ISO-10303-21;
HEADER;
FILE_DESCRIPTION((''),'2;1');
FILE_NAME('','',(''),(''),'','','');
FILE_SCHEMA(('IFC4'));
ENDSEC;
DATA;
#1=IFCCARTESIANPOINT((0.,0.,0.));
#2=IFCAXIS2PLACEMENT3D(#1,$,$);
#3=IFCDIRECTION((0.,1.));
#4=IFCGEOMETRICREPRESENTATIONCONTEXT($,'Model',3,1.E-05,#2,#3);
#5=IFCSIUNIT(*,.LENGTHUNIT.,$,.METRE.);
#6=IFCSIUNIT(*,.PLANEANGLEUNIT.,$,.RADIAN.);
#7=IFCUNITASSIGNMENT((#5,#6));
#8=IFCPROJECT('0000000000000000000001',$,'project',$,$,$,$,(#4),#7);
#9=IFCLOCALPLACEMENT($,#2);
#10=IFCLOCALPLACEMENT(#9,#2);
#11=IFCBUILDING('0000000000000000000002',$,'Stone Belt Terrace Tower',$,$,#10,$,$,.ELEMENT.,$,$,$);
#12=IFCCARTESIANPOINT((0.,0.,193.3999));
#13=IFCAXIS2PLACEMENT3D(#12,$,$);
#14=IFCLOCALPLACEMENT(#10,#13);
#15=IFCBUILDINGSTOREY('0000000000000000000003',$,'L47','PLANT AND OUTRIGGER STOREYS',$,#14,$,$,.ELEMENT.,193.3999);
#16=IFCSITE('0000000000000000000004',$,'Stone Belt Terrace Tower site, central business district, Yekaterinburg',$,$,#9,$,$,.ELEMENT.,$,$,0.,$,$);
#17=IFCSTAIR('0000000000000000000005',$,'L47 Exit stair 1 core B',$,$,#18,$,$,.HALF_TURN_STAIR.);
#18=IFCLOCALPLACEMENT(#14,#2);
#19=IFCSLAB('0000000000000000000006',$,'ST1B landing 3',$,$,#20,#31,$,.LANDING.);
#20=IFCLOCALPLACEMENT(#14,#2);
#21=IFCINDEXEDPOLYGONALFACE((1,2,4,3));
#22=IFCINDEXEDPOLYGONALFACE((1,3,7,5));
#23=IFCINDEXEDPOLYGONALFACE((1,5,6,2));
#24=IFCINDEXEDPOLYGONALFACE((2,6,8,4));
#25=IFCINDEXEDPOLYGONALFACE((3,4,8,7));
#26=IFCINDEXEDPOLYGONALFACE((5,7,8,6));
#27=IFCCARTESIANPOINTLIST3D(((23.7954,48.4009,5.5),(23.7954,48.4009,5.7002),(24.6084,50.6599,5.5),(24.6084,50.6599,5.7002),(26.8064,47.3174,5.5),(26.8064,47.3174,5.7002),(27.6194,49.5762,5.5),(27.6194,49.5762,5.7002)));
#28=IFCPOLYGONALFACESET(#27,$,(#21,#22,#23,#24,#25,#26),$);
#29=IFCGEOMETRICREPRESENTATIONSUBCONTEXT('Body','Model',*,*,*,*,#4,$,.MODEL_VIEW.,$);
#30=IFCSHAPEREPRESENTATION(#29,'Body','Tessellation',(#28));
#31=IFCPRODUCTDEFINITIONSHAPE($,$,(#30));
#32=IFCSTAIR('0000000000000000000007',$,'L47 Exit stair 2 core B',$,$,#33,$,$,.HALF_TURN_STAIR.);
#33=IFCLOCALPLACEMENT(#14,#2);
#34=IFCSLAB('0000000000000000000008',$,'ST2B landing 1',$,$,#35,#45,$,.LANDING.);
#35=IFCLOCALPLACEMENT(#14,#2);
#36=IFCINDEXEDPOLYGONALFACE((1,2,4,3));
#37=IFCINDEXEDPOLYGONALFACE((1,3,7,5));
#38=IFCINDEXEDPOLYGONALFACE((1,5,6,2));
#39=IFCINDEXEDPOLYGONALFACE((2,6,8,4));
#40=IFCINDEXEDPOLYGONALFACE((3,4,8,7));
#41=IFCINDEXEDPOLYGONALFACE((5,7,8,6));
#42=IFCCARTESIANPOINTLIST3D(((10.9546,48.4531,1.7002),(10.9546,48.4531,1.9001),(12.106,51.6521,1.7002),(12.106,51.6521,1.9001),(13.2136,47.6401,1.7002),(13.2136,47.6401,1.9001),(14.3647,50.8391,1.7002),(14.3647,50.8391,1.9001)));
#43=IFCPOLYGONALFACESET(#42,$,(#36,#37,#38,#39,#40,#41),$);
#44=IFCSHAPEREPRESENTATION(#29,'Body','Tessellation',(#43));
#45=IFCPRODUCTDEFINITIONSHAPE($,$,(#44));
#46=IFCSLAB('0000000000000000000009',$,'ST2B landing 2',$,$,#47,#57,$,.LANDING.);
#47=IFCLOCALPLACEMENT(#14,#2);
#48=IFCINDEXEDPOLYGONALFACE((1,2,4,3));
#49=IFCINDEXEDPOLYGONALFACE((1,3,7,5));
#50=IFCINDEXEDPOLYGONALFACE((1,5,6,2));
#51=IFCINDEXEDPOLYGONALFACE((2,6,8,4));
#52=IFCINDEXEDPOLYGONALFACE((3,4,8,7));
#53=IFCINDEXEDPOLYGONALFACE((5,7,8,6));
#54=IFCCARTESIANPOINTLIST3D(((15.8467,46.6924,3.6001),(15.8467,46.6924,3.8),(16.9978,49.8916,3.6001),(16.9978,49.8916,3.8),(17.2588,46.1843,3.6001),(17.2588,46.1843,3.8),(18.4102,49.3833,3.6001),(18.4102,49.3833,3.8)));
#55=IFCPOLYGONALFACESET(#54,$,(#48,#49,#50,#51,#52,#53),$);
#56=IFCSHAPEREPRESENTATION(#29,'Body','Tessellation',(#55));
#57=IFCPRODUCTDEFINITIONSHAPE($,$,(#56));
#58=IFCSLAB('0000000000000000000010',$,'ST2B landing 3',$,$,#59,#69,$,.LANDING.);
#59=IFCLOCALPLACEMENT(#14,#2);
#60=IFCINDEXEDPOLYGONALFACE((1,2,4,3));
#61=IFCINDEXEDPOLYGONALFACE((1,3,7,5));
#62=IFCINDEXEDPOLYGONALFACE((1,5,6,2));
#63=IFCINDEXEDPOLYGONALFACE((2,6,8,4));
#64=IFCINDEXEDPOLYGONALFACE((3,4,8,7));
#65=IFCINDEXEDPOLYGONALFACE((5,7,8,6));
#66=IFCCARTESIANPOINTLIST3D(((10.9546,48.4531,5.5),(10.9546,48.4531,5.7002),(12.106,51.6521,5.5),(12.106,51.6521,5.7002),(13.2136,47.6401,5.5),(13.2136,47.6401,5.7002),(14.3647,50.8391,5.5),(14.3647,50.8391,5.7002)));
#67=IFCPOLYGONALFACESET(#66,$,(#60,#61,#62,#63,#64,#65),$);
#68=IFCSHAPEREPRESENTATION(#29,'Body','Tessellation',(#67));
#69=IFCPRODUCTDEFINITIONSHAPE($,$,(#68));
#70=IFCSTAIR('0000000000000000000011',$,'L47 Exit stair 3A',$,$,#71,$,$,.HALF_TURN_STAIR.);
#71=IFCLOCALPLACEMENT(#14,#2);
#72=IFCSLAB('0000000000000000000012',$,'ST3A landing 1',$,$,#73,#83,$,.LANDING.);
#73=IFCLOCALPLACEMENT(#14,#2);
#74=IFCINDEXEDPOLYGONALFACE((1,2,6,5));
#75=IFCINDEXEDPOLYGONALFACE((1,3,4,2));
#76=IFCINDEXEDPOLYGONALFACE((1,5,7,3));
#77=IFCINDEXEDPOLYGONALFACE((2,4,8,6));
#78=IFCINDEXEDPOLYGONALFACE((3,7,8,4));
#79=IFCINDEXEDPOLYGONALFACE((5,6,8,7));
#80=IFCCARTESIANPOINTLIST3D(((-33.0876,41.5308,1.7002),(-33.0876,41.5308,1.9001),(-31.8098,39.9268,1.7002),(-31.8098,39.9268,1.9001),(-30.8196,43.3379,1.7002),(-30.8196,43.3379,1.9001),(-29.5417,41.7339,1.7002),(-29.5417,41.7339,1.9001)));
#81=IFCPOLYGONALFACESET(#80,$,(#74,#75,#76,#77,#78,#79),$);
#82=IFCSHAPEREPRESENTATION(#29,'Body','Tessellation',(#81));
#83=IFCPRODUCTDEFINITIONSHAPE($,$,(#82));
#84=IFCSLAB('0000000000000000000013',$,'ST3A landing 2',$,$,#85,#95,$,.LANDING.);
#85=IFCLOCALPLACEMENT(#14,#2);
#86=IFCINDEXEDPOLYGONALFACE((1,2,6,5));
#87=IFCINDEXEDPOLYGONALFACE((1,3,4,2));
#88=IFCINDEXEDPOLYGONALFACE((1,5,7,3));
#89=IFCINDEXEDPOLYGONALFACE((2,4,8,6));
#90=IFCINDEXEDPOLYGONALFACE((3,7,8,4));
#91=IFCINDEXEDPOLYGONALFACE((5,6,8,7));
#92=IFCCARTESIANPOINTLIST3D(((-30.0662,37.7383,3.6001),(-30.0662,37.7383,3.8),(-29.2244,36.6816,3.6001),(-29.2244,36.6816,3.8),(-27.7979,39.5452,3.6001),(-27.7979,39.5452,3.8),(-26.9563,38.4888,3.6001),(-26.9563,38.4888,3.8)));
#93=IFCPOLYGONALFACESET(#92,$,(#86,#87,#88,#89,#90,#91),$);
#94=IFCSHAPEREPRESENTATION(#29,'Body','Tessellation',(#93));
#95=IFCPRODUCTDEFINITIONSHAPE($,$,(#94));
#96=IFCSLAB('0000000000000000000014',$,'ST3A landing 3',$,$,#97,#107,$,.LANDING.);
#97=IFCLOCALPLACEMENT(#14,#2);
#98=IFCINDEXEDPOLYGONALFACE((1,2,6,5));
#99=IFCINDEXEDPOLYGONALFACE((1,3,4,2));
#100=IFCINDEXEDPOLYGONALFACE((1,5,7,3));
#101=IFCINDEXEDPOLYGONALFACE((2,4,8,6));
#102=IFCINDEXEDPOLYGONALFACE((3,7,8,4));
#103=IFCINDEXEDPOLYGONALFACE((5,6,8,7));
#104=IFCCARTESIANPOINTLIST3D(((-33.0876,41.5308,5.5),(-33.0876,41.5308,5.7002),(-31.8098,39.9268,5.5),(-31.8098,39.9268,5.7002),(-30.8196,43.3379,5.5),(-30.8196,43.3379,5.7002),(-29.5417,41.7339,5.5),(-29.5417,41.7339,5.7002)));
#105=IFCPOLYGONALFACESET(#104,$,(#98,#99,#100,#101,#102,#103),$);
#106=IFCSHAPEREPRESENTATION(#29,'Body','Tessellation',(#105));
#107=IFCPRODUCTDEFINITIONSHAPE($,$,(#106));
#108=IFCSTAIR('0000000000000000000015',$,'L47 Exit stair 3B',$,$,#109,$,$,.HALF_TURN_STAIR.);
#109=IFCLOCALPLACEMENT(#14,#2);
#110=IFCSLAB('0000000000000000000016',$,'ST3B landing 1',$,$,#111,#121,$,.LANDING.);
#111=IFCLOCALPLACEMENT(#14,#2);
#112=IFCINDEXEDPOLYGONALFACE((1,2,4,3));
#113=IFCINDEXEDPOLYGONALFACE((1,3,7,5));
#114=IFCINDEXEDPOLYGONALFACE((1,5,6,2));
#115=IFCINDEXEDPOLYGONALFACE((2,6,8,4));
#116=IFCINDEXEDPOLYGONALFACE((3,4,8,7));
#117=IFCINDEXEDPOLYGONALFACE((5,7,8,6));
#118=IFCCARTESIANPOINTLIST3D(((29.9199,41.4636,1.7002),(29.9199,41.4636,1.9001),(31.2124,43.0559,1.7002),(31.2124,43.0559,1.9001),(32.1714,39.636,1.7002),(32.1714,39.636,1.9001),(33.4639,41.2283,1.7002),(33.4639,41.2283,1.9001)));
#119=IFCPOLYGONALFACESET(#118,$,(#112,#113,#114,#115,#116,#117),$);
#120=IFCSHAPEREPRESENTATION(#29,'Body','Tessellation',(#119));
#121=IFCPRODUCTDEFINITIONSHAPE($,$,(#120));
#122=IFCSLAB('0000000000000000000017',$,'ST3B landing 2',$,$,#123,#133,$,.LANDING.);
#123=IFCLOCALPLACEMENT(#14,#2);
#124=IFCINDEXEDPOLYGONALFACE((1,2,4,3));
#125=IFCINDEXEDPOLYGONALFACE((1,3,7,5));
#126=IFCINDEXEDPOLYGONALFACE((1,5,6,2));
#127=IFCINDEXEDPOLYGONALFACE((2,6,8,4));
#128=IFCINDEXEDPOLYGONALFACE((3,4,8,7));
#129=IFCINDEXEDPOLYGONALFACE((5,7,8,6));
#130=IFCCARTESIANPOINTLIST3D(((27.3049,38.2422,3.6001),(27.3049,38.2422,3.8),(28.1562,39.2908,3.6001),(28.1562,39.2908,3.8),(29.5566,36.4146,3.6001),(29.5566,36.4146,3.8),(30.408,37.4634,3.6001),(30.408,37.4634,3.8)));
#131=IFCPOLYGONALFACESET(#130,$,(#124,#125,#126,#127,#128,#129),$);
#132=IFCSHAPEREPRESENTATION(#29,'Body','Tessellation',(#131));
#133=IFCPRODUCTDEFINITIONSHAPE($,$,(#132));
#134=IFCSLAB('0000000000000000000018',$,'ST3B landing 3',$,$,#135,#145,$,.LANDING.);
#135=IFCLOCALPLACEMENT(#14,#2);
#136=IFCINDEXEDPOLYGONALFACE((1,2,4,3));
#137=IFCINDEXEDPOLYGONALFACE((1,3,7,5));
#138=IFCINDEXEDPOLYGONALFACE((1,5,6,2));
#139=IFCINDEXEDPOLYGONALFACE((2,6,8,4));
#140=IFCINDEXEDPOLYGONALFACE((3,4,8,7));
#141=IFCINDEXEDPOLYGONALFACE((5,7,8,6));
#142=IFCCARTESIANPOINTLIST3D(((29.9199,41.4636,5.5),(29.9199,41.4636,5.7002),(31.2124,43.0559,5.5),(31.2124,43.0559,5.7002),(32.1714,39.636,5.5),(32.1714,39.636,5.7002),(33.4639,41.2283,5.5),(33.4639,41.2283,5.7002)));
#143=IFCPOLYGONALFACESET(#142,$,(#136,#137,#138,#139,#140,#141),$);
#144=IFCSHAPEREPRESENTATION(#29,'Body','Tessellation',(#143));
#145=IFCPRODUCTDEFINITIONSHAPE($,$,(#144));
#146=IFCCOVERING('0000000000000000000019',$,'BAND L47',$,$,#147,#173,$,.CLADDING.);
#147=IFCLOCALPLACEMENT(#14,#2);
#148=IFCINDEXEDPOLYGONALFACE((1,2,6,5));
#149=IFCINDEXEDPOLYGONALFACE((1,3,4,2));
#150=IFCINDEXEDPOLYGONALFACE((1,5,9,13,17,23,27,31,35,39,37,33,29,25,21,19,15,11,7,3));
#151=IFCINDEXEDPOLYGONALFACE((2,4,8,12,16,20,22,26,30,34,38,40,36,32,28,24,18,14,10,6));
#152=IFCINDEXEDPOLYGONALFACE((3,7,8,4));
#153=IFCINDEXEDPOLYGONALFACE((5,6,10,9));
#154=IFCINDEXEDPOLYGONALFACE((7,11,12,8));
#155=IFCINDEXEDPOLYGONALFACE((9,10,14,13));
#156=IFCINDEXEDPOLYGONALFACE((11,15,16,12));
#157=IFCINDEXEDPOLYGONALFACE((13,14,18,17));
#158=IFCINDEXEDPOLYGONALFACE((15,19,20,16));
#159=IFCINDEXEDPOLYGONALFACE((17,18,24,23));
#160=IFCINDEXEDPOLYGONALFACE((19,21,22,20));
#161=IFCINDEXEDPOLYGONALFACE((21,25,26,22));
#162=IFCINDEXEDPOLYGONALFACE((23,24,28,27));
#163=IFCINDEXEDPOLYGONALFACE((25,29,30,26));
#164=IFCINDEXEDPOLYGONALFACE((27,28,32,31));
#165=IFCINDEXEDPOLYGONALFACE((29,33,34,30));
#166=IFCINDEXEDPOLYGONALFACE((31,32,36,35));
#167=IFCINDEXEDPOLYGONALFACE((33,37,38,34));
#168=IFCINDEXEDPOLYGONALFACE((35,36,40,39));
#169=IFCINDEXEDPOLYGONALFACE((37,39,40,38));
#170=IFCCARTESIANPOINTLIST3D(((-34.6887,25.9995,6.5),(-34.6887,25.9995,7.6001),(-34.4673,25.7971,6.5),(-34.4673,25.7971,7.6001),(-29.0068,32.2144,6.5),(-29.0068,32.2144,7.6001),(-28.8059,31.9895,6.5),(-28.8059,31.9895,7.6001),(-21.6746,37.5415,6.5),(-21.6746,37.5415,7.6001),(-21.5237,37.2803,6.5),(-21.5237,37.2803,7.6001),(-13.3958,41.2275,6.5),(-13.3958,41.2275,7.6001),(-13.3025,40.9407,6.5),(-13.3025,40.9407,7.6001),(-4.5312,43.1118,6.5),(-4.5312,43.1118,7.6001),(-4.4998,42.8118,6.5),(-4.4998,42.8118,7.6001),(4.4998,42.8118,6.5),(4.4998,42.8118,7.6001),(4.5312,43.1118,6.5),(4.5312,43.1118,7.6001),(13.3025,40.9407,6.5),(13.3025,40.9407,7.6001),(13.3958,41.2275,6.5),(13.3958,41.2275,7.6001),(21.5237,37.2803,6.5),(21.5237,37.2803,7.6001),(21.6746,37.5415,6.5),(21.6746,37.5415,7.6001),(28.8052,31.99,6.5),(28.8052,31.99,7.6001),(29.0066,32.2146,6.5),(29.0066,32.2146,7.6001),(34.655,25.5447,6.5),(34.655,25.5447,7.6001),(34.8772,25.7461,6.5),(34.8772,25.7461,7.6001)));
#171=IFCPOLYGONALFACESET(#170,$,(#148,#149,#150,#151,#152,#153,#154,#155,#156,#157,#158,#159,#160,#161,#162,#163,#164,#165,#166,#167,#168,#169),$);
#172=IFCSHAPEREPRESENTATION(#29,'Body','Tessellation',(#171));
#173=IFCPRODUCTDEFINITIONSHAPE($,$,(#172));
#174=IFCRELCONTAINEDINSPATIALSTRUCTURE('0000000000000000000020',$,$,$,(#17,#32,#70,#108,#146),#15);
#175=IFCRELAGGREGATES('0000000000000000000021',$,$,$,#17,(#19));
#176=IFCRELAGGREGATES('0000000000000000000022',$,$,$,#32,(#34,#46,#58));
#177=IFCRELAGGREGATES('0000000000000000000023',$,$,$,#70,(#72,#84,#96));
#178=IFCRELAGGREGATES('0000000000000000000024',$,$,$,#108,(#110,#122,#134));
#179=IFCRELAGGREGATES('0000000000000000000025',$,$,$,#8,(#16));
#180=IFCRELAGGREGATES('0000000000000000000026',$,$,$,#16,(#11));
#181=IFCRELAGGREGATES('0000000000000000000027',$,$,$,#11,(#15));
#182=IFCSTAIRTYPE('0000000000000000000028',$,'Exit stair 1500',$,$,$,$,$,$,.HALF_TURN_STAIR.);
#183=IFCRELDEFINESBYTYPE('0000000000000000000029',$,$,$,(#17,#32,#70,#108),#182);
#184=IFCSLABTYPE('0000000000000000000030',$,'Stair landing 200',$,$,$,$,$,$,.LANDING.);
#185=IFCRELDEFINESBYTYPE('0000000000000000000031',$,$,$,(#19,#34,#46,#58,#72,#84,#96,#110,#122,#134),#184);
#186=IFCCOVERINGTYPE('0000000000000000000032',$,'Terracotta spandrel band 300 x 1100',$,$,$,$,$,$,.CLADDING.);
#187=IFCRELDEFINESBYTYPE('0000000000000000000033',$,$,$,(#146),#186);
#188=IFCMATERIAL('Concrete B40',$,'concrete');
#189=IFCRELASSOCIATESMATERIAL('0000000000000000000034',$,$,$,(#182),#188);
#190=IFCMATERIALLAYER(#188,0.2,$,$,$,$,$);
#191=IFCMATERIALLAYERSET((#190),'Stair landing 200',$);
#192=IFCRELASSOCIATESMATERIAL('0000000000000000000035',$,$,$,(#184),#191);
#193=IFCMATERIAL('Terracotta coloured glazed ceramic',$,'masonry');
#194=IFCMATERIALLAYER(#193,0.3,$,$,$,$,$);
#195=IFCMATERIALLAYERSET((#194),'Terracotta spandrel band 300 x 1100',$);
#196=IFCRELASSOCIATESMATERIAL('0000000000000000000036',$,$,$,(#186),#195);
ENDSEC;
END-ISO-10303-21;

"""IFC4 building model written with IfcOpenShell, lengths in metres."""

from ifc_helpers import new_model, si_unit, direction, frame, origin, place, context, subcontext, project, spatial, polyline, outline, extrude, material, layer, layer_set, type_object, element, aggregate, save


model = new_model("IFC4")

# Units and contexts
model_context = context("Model", 3, precision=1e-05, world=origin(), true_north=direction((0.0, 1.0)))
body_context = subcontext(model_context, "Body", "Model", "MODEL_VIEW")
ifc_project = project(units=[si_unit("LENGTHUNIT", "METRE"), si_unit("PLANEANGLEUNIT", "RADIAN")], contexts=[model_context])

# Site, building, storey
site_placement = place(None, origin())
site = spatial("IfcSite", under=ifc_project, at=site_placement, Name="Stone Belt Terrace Tower site, central business district, Yekaterinburg", CompositionType="ELEMENT", RefElevation=0.0)
building_placement = place(site_placement, origin())
building = spatial("IfcBuilding", under=site, at=building_placement, Name="Stone Belt Terrace Tower", CompositionType="ELEMENT")
storey_placement = place(building_placement, frame((0.0, 0.0, 193.3999)))
storey = spatial("IfcBuildingStorey", under=building, at=storey_placement, Name="L47", Description="PLANT AND OUTRIGGER STOREYS", CompositionType="ELEMENT", Elevation=193.3999)

# Stairs, slabs
ifc_material_1 = material(Name="Concrete B40", Category="concrete")
stair_type = type_object("IfcStairType", Name="Exit stair 1500", PredefinedType="HALF_TURN_STAIR", material=ifc_material_1)
ifc_layer_1 = layer(ifc_material_1, 0.2)
ifc_layer_set_1 = layer_set([ifc_layer_1], Name="Stair landing 200")
slab_type_1 = type_object("IfcSlabType", Name="Stair landing 200", PredefinedType="LANDING", material=ifc_layer_set_1)
stair_1_placement = place(storey_placement, origin())
stair_1 = element("IfcStair", 1, at=stair_1_placement, inside=storey, type_object=stair_type, Name="L47 Exit stair 1 core B", PredefinedType="HALF_TURN_STAIR")
slab_1_placement = place(storey_placement, frame((0.0, 0.0, 5.5)))
slab_1 = element("IfcSlab", 2, at=slab_1_placement, type_object=slab_type_1, Name="ST1B landing 3", PredefinedType="LANDING", context=body_context, shape_type="SweptSolid", body=[
    extrude(outline(polyline([(26.8064, 47.3174), (27.6194, 49.5762), (24.6084, 50.6599), (23.7954, 48.4009), (26.8064, 47.3174)])), origin(), (0.0, 0.0, 1.0), 0.2002),
])
aggregate(stair_1, [slab_1])
stair_2_placement = place(storey_placement, origin())
stair_2 = element("IfcStair", 3, at=stair_2_placement, inside=storey, type_object=stair_type, Name="L47 Exit stair 2 core B", PredefinedType="HALF_TURN_STAIR")
slab_2_placement = place(storey_placement, frame((0.0, 0.0, 1.7002)))
slab_2 = element("IfcSlab", 4, at=slab_2_placement, type_object=slab_type_1, Name="ST2B landing 1", PredefinedType="LANDING", context=body_context, shape_type="SweptSolid", body=[
    extrude(outline(polyline([(14.3647, 50.8391), (12.106, 51.6521), (10.9546, 48.4531), (13.2136, 47.6401), (14.3647, 50.8391)])), origin(), (0.0, 0.0, 1.0), 0.2),
])
slab_3_placement = place(storey_placement, frame((0.0, 0.0, 3.6001)))
slab_3 = element("IfcSlab", 5, at=slab_3_placement, type_object=slab_type_1, Name="ST2B landing 2", PredefinedType="LANDING", context=body_context, shape_type="SweptSolid", body=[
    extrude(outline(polyline([(18.4102, 49.3833), (16.9978, 49.8916), (15.8467, 46.6924), (17.2588, 46.1843), (18.4102, 49.3833)])), origin(), (0.0, 0.0, 1.0), 0.2),
])
slab_4_placement = place(storey_placement, frame((0.0, 0.0, 5.5)))
slab_4 = element("IfcSlab", 6, at=slab_4_placement, type_object=slab_type_1, Name="ST2B landing 3", PredefinedType="LANDING", context=body_context, shape_type="SweptSolid", body=[
    extrude(outline(polyline([(14.3647, 50.8391), (12.106, 51.6521), (10.9546, 48.4531), (13.2136, 47.6401), (14.3647, 50.8391)])), origin(), (0.0, 0.0, 1.0), 0.2002),
])
aggregate(stair_2, [slab_2, slab_3, slab_4])
stair_3_placement = place(storey_placement, origin())
stair_3 = element("IfcStair", 7, at=stair_3_placement, inside=storey, type_object=stair_type, Name="L47 Exit stair 3A", PredefinedType="HALF_TURN_STAIR")
slab_5_placement = place(storey_placement, frame((0.0, 0.0, 1.7002)))
slab_5 = element("IfcSlab", 8, at=slab_5_placement, type_object=slab_type_1, Name="ST3A landing 1", PredefinedType="LANDING", context=body_context, shape_type="SweptSolid", body=[
    extrude(outline(polyline([(-29.5417, 41.7339), (-30.8196, 43.3379), (-33.0876, 41.5308), (-31.8098, 39.9268), (-29.5417, 41.7339)])), origin(), (0.0, 0.0, 1.0), 0.2),
])
slab_6_placement = place(storey_placement, frame((0.0, 0.0, 3.6001)))
slab_6 = element("IfcSlab", 9, at=slab_6_placement, type_object=slab_type_1, Name="ST3A landing 2", PredefinedType="LANDING", context=body_context, shape_type="SweptSolid", body=[
    extrude(outline(polyline([(-26.9563, 38.4888), (-27.7979, 39.5452), (-30.0662, 37.7383), (-29.2244, 36.6816), (-26.9563, 38.4888)])), origin(), (0.0, 0.0, 1.0), 0.2),
])
slab_7_placement = place(storey_placement, frame((0.0, 0.0, 5.5)))
slab_7 = element("IfcSlab", 10, at=slab_7_placement, type_object=slab_type_1, Name="ST3A landing 3", PredefinedType="LANDING", context=body_context, shape_type="SweptSolid", body=[
    extrude(outline(polyline([(-29.5417, 41.7339), (-30.8196, 43.3379), (-33.0876, 41.5308), (-31.8098, 39.9268), (-29.5417, 41.7339)])), origin(), (0.0, 0.0, 1.0), 0.2002),
])
aggregate(stair_3, [slab_5, slab_6, slab_7])
stair_4_placement = place(storey_placement, origin())
stair_4 = element("IfcStair", 11, at=stair_4_placement, inside=storey, type_object=stair_type, Name="L47 Exit stair 3B", PredefinedType="HALF_TURN_STAIR")
slab_8_placement = place(storey_placement, frame((0.0, 0.0, 1.7002)))
slab_8 = element("IfcSlab", 12, at=slab_8_placement, type_object=slab_type_1, Name="ST3B landing 1", PredefinedType="LANDING", context=body_context, shape_type="SweptSolid", body=[
    extrude(outline(polyline([(32.1714, 39.636), (33.4639, 41.2283), (31.2124, 43.0559), (29.9199, 41.4636), (32.1714, 39.636)])), origin(), (0.0, 0.0, 1.0), 0.2),
])
slab_9_placement = place(storey_placement, frame((0.0, 0.0, 3.6001)))
slab_9 = element("IfcSlab", 13, at=slab_9_placement, type_object=slab_type_1, Name="ST3B landing 2", PredefinedType="LANDING", context=body_context, shape_type="SweptSolid", body=[
    extrude(outline(polyline([(29.5566, 36.4146), (30.408, 37.4634), (28.1562, 39.2908), (27.3049, 38.2422), (29.5566, 36.4146)])), origin(), (0.0, 0.0, 1.0), 0.2),
])
slab_10_placement = place(storey_placement, frame((0.0, 0.0, 5.5)))
slab_10 = element("IfcSlab", 14, at=slab_10_placement, type_object=slab_type_1, Name="ST3B landing 3", PredefinedType="LANDING", context=body_context, shape_type="SweptSolid", body=[
    extrude(outline(polyline([(32.1714, 39.636), (33.4639, 41.2283), (31.2124, 43.0559), (29.9199, 41.4636), (32.1714, 39.636)])), origin(), (0.0, 0.0, 1.0), 0.2002),
])
aggregate(stair_4, [slab_8, slab_9, slab_10])

# Covering
ifc_material_2 = material(Name="Terracotta coloured glazed ceramic", Category="masonry")
ifc_layer_2 = layer(ifc_material_2, 0.3)
ifc_layer_set_2 = layer_set([ifc_layer_2], Name="Terracotta spandrel band 300 x 1100")
covering_type = type_object("IfcCoveringType", Name="Terracotta spandrel band 300 x 1100", PredefinedType="CLADDING", material=ifc_layer_set_2)
covering_placement = place(storey_placement, frame((0.0, 0.0, 6.5)))
element("IfcCovering", 15, at=covering_placement, inside=storey, type_object=covering_type, Name="BAND L47", PredefinedType="CLADDING", context=body_context, shape_type="SweptSolid", body=[
    extrude(outline(polyline([(-34.6887, 25.9995), (-29.0068, 32.2144), (-21.6746, 37.5415), (-13.3958, 41.2275), (-4.5312, 43.1118), (4.5312, 43.1118), (13.3958, 41.2275), (21.6746, 37.5415), (29.0066, 32.2146), (34.8772, 25.7461), (34.655, 25.5447), (28.8052, 31.99), (21.5237, 37.2803), (13.3025, 40.9407), (4.4998, 42.8118), (-4.4998, 42.8118), (-13.3025, 40.9407), (-21.5237, 37.2803), (-28.8059, 31.9895), (-34.4673, 25.7971), (-34.6887, 25.9995)])), origin(), (0.0, 0.0, 1.0), 1.1001),
])

save(model, "model.ifc")
